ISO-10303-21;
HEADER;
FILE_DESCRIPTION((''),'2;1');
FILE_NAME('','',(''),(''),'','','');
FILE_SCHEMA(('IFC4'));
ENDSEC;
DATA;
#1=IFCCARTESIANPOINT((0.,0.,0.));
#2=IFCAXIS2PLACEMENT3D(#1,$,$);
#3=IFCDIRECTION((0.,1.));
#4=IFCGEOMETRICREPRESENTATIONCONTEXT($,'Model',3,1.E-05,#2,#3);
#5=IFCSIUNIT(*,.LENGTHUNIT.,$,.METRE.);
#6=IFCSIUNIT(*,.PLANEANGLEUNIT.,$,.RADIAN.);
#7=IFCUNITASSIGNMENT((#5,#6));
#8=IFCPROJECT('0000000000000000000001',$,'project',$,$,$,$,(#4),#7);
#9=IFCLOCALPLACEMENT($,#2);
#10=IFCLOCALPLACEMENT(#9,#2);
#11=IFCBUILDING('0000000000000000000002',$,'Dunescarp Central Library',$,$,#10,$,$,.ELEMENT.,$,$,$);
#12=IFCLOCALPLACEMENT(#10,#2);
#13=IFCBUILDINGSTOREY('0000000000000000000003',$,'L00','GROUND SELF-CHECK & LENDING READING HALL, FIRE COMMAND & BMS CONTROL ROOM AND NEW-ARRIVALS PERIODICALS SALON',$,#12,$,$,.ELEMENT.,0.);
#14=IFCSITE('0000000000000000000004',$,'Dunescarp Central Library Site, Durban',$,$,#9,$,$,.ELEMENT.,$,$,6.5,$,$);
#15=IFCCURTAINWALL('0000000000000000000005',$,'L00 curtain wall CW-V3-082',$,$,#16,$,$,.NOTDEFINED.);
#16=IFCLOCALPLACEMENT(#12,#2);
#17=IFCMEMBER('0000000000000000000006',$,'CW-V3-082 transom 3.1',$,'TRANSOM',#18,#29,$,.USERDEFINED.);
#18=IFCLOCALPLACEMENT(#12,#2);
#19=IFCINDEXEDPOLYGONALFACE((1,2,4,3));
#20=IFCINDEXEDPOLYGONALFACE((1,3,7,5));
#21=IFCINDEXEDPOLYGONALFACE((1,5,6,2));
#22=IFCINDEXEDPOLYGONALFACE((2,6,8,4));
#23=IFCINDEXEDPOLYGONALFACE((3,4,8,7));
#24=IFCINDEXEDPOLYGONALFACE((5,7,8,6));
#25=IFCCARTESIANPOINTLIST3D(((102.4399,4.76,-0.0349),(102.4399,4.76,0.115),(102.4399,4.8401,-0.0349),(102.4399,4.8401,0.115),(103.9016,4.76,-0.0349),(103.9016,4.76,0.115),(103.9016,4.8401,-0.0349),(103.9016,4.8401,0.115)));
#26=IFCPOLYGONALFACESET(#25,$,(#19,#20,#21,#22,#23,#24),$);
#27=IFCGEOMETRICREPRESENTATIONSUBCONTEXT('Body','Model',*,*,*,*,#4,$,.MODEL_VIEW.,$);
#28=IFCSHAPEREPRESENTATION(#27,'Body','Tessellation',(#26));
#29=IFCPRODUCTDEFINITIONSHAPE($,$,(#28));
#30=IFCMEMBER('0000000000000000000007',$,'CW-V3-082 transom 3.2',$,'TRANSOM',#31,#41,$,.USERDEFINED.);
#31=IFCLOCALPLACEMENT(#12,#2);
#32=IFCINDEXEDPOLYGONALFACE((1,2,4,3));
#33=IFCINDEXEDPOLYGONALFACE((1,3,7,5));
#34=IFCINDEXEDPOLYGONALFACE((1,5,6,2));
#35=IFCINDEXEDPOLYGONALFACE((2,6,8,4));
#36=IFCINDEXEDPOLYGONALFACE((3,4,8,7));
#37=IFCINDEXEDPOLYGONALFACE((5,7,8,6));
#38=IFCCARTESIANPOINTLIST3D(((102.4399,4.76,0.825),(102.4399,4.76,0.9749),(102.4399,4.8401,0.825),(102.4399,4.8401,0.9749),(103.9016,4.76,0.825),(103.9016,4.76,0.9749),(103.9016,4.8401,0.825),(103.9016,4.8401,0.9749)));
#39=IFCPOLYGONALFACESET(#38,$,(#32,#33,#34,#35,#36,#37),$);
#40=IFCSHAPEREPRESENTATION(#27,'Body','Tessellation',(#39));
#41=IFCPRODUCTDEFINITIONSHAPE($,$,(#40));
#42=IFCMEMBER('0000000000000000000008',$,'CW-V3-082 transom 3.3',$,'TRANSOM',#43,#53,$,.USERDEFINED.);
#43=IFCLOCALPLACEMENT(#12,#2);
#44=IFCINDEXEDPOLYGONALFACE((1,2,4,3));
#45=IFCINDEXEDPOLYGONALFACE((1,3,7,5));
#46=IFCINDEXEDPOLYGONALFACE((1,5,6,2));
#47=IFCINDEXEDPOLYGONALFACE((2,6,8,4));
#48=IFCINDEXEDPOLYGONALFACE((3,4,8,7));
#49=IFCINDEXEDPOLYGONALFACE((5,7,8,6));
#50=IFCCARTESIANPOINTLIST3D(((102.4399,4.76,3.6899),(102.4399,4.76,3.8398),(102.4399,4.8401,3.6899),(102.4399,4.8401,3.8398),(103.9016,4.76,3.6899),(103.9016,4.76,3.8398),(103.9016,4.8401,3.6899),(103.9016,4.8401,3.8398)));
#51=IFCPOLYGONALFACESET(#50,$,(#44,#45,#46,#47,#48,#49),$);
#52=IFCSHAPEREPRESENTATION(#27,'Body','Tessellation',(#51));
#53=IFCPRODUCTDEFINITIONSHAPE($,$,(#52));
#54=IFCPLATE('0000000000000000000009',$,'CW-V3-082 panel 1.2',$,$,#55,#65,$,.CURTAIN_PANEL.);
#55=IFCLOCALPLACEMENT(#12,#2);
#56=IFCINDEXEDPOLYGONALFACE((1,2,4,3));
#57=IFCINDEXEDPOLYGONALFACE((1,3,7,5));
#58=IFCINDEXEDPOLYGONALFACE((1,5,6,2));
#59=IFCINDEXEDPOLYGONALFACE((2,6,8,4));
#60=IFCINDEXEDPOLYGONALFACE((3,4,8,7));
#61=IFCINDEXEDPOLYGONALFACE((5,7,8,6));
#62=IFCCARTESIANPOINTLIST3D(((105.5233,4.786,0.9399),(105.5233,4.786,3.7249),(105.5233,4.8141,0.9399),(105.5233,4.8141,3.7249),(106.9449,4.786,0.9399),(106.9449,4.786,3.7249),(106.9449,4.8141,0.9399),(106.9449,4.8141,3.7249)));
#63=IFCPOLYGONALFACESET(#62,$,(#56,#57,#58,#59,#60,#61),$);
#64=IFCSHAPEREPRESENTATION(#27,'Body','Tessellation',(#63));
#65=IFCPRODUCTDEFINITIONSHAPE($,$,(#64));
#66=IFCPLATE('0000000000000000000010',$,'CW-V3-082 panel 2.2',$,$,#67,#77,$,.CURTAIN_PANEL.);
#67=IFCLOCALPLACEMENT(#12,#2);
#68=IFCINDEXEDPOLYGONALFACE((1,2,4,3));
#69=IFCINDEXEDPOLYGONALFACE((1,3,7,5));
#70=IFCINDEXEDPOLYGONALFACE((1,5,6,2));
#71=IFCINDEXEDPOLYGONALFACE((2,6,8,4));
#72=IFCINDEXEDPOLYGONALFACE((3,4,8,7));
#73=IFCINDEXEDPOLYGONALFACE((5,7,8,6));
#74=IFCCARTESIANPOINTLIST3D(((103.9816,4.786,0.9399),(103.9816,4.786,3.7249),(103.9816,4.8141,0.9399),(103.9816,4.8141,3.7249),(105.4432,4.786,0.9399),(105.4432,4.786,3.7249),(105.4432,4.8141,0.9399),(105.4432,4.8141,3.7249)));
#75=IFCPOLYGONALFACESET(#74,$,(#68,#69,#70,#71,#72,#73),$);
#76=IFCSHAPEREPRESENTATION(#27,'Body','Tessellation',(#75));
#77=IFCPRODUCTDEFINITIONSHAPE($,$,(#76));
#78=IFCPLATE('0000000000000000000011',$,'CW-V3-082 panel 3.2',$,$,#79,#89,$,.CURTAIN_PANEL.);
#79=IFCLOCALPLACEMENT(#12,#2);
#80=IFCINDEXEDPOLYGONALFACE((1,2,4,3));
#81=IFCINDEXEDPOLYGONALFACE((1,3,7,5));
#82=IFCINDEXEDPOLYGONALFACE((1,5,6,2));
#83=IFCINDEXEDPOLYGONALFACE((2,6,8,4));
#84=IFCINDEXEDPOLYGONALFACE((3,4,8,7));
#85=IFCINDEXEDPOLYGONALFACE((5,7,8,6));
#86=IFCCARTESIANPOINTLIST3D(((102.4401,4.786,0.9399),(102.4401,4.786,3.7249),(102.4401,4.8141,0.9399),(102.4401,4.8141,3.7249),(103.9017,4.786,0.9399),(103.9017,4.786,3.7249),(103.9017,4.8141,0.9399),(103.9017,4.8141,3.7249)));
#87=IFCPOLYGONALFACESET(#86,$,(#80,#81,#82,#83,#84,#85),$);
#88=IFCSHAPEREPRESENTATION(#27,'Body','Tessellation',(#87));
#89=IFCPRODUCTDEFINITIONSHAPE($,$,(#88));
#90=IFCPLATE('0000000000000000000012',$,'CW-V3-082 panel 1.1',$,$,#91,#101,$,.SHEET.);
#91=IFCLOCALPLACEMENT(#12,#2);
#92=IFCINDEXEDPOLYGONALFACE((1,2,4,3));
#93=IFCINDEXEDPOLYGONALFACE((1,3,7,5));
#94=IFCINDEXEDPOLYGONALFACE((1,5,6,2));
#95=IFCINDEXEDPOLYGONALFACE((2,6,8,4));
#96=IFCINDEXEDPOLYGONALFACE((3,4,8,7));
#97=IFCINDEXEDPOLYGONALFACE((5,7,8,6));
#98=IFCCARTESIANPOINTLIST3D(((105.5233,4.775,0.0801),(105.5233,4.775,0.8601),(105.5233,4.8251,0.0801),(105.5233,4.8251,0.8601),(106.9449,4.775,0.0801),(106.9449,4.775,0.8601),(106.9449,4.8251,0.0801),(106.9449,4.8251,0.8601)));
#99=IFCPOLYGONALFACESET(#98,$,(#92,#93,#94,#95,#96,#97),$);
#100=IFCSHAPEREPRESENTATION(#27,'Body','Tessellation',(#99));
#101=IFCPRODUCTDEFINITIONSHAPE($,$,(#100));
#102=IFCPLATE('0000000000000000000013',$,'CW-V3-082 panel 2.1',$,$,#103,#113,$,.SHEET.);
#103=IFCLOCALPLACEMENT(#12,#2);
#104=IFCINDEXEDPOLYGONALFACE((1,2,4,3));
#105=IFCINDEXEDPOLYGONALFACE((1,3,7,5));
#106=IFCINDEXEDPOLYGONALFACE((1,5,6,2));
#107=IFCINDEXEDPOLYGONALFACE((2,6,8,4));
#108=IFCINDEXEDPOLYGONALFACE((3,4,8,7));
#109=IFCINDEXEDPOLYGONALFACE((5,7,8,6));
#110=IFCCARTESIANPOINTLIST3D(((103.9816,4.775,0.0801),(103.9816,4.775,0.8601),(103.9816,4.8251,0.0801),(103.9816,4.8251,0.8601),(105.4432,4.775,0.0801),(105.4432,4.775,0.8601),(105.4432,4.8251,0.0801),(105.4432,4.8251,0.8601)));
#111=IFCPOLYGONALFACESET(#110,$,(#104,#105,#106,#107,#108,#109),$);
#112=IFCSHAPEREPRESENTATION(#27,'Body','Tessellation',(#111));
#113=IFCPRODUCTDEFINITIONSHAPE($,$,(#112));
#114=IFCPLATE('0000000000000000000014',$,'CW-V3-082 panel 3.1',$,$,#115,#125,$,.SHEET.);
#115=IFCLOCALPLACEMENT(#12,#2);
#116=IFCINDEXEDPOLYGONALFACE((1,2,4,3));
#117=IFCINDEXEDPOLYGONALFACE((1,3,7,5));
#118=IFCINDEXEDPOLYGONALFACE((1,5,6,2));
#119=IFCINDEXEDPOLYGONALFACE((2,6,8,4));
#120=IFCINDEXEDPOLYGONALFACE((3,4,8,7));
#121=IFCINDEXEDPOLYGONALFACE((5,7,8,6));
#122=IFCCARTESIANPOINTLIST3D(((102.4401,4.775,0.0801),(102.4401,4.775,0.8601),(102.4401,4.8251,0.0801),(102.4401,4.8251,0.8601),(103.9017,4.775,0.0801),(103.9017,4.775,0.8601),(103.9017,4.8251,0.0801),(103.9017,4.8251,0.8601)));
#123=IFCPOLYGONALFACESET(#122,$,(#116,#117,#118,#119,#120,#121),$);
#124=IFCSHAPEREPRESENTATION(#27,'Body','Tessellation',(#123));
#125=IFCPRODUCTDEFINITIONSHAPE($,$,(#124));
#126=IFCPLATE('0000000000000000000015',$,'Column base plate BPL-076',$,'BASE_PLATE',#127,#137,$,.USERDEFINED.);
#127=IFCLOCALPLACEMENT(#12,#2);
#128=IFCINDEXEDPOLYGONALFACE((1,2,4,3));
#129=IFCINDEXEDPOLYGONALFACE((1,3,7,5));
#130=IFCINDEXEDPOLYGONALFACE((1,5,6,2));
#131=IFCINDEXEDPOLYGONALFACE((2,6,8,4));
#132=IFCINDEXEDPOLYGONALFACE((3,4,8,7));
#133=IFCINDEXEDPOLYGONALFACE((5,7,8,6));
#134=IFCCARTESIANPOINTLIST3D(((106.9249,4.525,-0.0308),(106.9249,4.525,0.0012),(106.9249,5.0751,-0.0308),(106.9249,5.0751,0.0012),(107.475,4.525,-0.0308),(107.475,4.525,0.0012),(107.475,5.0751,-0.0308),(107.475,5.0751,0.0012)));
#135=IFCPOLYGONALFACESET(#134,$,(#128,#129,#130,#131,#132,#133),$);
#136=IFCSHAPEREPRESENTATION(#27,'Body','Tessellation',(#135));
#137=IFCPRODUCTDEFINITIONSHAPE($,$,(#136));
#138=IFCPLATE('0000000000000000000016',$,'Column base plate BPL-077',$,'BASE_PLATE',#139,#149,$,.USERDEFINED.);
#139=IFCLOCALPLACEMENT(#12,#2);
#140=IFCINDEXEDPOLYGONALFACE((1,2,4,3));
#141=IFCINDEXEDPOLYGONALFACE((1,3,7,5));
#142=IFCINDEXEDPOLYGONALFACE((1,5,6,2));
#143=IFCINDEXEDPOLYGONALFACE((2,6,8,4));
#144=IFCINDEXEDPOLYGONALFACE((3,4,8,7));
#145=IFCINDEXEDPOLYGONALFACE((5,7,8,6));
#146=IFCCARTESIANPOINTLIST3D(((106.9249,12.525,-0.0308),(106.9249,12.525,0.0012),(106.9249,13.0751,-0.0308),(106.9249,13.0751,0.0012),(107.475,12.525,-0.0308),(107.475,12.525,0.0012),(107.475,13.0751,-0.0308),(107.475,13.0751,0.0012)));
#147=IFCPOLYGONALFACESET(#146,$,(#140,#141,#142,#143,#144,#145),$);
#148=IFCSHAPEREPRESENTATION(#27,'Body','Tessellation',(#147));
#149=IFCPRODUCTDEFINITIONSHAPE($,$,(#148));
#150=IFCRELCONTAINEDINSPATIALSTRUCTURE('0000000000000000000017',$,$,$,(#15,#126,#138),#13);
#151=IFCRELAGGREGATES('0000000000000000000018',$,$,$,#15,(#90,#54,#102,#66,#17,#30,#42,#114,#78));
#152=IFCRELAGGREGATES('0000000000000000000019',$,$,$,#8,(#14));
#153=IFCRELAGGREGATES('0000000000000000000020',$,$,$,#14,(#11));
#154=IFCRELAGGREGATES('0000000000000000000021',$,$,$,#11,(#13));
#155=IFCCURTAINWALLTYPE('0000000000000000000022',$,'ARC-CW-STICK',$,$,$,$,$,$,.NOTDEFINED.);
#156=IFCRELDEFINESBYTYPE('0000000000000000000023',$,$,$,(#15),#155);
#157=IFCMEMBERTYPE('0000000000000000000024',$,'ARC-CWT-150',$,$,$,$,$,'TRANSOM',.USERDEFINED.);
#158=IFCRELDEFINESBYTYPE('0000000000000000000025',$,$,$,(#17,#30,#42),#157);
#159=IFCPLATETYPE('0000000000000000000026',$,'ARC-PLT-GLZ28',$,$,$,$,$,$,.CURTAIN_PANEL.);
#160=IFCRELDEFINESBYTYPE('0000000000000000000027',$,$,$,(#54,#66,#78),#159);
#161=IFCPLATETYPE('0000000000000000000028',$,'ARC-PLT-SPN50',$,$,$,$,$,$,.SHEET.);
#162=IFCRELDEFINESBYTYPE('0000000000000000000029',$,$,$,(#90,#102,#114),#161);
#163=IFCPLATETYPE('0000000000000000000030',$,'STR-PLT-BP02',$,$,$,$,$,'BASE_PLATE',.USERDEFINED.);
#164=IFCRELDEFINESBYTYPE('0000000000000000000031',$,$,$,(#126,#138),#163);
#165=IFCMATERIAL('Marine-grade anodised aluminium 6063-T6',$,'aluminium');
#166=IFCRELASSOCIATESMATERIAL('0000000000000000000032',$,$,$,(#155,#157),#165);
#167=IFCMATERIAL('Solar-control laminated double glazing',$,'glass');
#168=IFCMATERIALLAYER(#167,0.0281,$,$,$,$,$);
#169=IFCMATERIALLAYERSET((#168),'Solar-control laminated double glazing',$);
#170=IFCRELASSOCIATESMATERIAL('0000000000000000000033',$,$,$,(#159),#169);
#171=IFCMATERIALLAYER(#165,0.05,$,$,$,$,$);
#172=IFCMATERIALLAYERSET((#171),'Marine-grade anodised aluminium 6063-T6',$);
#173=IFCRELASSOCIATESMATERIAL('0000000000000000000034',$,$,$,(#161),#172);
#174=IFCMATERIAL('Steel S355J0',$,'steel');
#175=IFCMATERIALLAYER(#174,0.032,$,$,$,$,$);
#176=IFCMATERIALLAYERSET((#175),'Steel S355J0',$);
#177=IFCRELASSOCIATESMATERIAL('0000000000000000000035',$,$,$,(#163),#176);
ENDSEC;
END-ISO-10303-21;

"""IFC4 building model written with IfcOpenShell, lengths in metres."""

from ifc_helpers import new_model, si_unit, direction, frame, origin, origin_2d, place, context, subcontext, project, spatial, rectangle, extrude, material, layer, layer_set, material_profile, profile_set, type_object, element, aggregate, save


model = new_model("IFC4")

# Units and contexts
model_context = context("Model", 3, precision=1e-05, world=origin(), true_north=direction((0.0, 1.0)))
body_context = subcontext(model_context, "Body", "Model", "MODEL_VIEW")
ifc_project = project(units=[si_unit("LENGTHUNIT", "METRE"), si_unit("PLANEANGLEUNIT", "RADIAN")], contexts=[model_context])

# Site, building, storey
site_placement = place(None, origin())
site = spatial("IfcSite", under=ifc_project, at=site_placement, Name="Dunescarp Central Library Site, Durban", CompositionType="ELEMENT", RefElevation=6.5)
building_placement = place(site_placement, origin())
building = spatial("IfcBuilding", under=site, at=building_placement, Name="Dunescarp Central Library", CompositionType="ELEMENT")
storey_placement = place(building_placement, origin())
storey = spatial("IfcBuildingStorey", under=building, at=storey_placement, Name="L00", Description="GROUND SELF-CHECK & LENDING READING HALL, FIRE COMMAND & BMS CONTROL ROOM AND NEW-ARRIVALS PERIODICALS SALON", CompositionType="ELEMENT", Elevation=0.0)

# Curtain wall
ifc_material_1 = material(Name="Marine-grade anodised aluminium 6063-T6", Category="aluminium")
curtain_wall_type = type_object("IfcCurtainWallType", Name="ARC-CW-STICK", PredefinedType="NOTDEFINED", material=ifc_material_1)
curtain_wall_1_placement = place(storey_placement, origin())
curtain_wall_1 = element("IfcCurtainWall", 1, at=curtain_wall_1_placement, inside=storey, type_object=curtain_wall_type, Name="L00 curtain wall CW-V3-082", PredefinedType="NOTDEFINED")

# Members
ifc_material_profile_1 = material_profile(ifc_material_1, rectangle(XDim=0.0801, YDim=0.1499, at=origin_2d()), Name="AL 80x150")
ifc_profile_set_1 = profile_set([ifc_material_profile_1], Name="Marine-grade anodised aluminium 6063-T6")
member_type_1 = type_object("IfcMemberType", Name="ARC-CWT-150", ElementType="TRANSOM", PredefinedType="USERDEFINED", material=ifc_profile_set_1)
member_1_placement = place(storey_placement, frame((103.9016, 4.8, 0.04), z_axis=(-1.0, 0.0, 0.0), x_axis=(0.0, -1.0, 0.0)))
member_1 = element("IfcMember", 2, at=member_1_placement, type_object=member_type_1, Name="CW-V3-082 transom 3.1", ObjectType="TRANSOM", PredefinedType="USERDEFINED", context=body_context, shape_type="SweptSolid", body=[
    extrude(rectangle(XDim=0.0801, YDim=0.1499, at=origin_2d()), origin(), (0.0, 0.0, 1.0), 1.4617),
])
member_2_placement = place(storey_placement, frame((103.9016, 4.8, 0.8999), z_axis=(-1.0, 0.0, 0.0), x_axis=(0.0, -1.0, 0.0)))
member_2 = element("IfcMember", 3, at=member_2_placement, type_object=member_type_1, Name="CW-V3-082 transom 3.2", ObjectType="TRANSOM", PredefinedType="USERDEFINED", context=body_context, shape_type="SweptSolid", body=[
    extrude(rectangle(XDim=0.0801, YDim=0.1499, at=origin_2d()), origin(), (0.0, 0.0, 1.0), 1.4617),
])
member_3_placement = place(storey_placement, frame((103.9016, 4.8, 3.7649), z_axis=(-1.0, 0.0, 0.0), x_axis=(0.0, -1.0, 0.0)))
member_3 = element("IfcMember", 4, at=member_3_placement, type_object=member_type_1, Name="CW-V3-082 transom 3.3", ObjectType="TRANSOM", PredefinedType="USERDEFINED", context=body_context, shape_type="SweptSolid", body=[
    extrude(rectangle(XDim=0.0801, YDim=0.1499, at=origin_2d()), origin(), (0.0, 0.0, 1.0), 1.4617),
])

# Plates
ifc_material_2 = material(Name="Solar-control laminated double glazing", Category="glass")
ifc_layer_1 = layer(ifc_material_2, 0.0281)
ifc_layer_set_1 = layer_set([ifc_layer_1], Name="Solar-control laminated double glazing")
plate_type_1 = type_object("IfcPlateType", Name="ARC-PLT-GLZ28", PredefinedType="CURTAIN_PANEL", material=ifc_layer_set_1)
plate_1_placement = place(storey_placement, frame((106.2341, 4.8, 0.9399), z_axis=(0.0, 0.0, 1.0), x_axis=(-1.0, 0.0, 0.0)))
plate_1 = element("IfcPlate", 5, at=plate_1_placement, type_object=plate_type_1, Name="CW-V3-082 panel 1.2", PredefinedType="CURTAIN_PANEL", context=body_context, shape_type="SweptSolid", body=[
    extrude(rectangle(XDim=1.4216, YDim=0.0281, at=origin_2d()), origin(), (0.0, 0.0, 1.0), 2.7849),
])
plate_2_placement = place(storey_placement, frame((104.7124, 4.8, 0.9399), z_axis=(0.0, 0.0, 1.0), x_axis=(-1.0, 0.0, 0.0)))
plate_2 = element("IfcPlate", 6, at=plate_2_placement, type_object=plate_type_1, Name="CW-V3-082 panel 2.2", PredefinedType="CURTAIN_PANEL", context=body_context, shape_type="SweptSolid", body=[
    extrude(rectangle(XDim=1.4617, YDim=0.0281, at=origin_2d()), origin(), (0.0, 0.0, 1.0), 2.7849),
])
plate_3_placement = place(storey_placement, frame((103.1709, 4.8, 0.9399), z_axis=(0.0, 0.0, 1.0), x_axis=(-1.0, 0.0, 0.0)))
plate_3 = element("IfcPlate", 7, at=plate_3_placement, type_object=plate_type_1, Name="CW-V3-082 panel 3.2", PredefinedType="CURTAIN_PANEL", context=body_context, shape_type="SweptSolid", body=[
    extrude(rectangle(XDim=1.4617, YDim=0.0281, at=origin_2d()), origin(), (0.0, 0.0, 1.0), 2.7849),
])
ifc_layer_2 = layer(ifc_material_1, 0.05)
ifc_layer_set_2 = layer_set([ifc_layer_2], Name="Marine-grade anodised aluminium 6063-T6")
plate_type_2 = type_object("IfcPlateType", Name="ARC-PLT-SPN50", PredefinedType="SHEET", material=ifc_layer_set_2)
plate_4_placement = place(storey_placement, frame((106.2341, 4.8, 0.0801), z_axis=(0.0, 0.0, 1.0), x_axis=(-1.0, 0.0, 0.0)))
plate_4 = element("IfcPlate", 8, at=plate_4_placement, type_object=plate_type_2, Name="CW-V3-082 panel 1.1", PredefinedType="SHEET", context=body_context, shape_type="SweptSolid", body=[
    extrude(rectangle(XDim=1.4216, YDim=0.05, at=origin_2d()), origin(), (0.0, 0.0, 1.0), 0.78),
])
plate_5_placement = place(storey_placement, frame((104.7124, 4.8, 0.0801), z_axis=(0.0, 0.0, 1.0), x_axis=(-1.0, 0.0, 0.0)))
plate_5 = element("IfcPlate", 9, at=plate_5_placement, type_object=plate_type_2, Name="CW-V3-082 panel 2.1", PredefinedType="SHEET", context=body_context, shape_type="SweptSolid", body=[
    extrude(rectangle(XDim=1.4617, YDim=0.05, at=origin_2d()), origin(), (0.0, 0.0, 1.0), 0.78),
])
plate_6_placement = place(storey_placement, frame((103.1709, 4.8, 0.0801), z_axis=(0.0, 0.0, 1.0), x_axis=(-1.0, 0.0, 0.0)))
plate_6 = element("IfcPlate", 10, at=plate_6_placement, type_object=plate_type_2, Name="CW-V3-082 panel 3.1", PredefinedType="SHEET", context=body_context, shape_type="SweptSolid", body=[
    extrude(rectangle(XDim=1.4617, YDim=0.05, at=origin_2d()), origin(), (0.0, 0.0, 1.0), 0.78),
])
aggregate(curtain_wall_1, [plate_4, plate_1, plate_5, plate_2, member_1, member_2, member_3, plate_6, plate_3])

# Plates
ifc_material_3 = material(Name="Steel S355J0", Category="steel")
ifc_layer_3 = layer(ifc_material_3, 0.032)
ifc_layer_set_3 = layer_set([ifc_layer_3], Name="Steel S355J0")
plate_type_3 = type_object("IfcPlateType", Name="STR-PLT-BP02", ElementType="BASE_PLATE", PredefinedType="USERDEFINED", material=ifc_layer_set_3)
for number, where, z_axis, x_axis, name in (
    (11, (107.2, 4.8, -0.0308), (0.0, 0.0, 1.0), (1.0, 0.0, 0.0), "Column base plate BPL-076"),
    (12, (107.2, 12.8, -0.0308), (0.0, 0.0, 1.0), (1.0, 0.0, 0.0), "Column base plate BPL-077"),
):
    element("IfcPlate", number, at=place(storey_placement, frame(where, z_axis=z_axis, x_axis=x_axis)), inside=storey, type_object=plate_type_3, Name=name, ObjectType="BASE_PLATE", PredefinedType="USERDEFINED", context=body_context, shape_type="SweptSolid", body=[
        extrude(rectangle(XDim=0.55, YDim=0.55, at=origin_2d()), origin(), (0.0, 0.0, 1.0), 0.032),
    ])

save(model, "model.ifc")
